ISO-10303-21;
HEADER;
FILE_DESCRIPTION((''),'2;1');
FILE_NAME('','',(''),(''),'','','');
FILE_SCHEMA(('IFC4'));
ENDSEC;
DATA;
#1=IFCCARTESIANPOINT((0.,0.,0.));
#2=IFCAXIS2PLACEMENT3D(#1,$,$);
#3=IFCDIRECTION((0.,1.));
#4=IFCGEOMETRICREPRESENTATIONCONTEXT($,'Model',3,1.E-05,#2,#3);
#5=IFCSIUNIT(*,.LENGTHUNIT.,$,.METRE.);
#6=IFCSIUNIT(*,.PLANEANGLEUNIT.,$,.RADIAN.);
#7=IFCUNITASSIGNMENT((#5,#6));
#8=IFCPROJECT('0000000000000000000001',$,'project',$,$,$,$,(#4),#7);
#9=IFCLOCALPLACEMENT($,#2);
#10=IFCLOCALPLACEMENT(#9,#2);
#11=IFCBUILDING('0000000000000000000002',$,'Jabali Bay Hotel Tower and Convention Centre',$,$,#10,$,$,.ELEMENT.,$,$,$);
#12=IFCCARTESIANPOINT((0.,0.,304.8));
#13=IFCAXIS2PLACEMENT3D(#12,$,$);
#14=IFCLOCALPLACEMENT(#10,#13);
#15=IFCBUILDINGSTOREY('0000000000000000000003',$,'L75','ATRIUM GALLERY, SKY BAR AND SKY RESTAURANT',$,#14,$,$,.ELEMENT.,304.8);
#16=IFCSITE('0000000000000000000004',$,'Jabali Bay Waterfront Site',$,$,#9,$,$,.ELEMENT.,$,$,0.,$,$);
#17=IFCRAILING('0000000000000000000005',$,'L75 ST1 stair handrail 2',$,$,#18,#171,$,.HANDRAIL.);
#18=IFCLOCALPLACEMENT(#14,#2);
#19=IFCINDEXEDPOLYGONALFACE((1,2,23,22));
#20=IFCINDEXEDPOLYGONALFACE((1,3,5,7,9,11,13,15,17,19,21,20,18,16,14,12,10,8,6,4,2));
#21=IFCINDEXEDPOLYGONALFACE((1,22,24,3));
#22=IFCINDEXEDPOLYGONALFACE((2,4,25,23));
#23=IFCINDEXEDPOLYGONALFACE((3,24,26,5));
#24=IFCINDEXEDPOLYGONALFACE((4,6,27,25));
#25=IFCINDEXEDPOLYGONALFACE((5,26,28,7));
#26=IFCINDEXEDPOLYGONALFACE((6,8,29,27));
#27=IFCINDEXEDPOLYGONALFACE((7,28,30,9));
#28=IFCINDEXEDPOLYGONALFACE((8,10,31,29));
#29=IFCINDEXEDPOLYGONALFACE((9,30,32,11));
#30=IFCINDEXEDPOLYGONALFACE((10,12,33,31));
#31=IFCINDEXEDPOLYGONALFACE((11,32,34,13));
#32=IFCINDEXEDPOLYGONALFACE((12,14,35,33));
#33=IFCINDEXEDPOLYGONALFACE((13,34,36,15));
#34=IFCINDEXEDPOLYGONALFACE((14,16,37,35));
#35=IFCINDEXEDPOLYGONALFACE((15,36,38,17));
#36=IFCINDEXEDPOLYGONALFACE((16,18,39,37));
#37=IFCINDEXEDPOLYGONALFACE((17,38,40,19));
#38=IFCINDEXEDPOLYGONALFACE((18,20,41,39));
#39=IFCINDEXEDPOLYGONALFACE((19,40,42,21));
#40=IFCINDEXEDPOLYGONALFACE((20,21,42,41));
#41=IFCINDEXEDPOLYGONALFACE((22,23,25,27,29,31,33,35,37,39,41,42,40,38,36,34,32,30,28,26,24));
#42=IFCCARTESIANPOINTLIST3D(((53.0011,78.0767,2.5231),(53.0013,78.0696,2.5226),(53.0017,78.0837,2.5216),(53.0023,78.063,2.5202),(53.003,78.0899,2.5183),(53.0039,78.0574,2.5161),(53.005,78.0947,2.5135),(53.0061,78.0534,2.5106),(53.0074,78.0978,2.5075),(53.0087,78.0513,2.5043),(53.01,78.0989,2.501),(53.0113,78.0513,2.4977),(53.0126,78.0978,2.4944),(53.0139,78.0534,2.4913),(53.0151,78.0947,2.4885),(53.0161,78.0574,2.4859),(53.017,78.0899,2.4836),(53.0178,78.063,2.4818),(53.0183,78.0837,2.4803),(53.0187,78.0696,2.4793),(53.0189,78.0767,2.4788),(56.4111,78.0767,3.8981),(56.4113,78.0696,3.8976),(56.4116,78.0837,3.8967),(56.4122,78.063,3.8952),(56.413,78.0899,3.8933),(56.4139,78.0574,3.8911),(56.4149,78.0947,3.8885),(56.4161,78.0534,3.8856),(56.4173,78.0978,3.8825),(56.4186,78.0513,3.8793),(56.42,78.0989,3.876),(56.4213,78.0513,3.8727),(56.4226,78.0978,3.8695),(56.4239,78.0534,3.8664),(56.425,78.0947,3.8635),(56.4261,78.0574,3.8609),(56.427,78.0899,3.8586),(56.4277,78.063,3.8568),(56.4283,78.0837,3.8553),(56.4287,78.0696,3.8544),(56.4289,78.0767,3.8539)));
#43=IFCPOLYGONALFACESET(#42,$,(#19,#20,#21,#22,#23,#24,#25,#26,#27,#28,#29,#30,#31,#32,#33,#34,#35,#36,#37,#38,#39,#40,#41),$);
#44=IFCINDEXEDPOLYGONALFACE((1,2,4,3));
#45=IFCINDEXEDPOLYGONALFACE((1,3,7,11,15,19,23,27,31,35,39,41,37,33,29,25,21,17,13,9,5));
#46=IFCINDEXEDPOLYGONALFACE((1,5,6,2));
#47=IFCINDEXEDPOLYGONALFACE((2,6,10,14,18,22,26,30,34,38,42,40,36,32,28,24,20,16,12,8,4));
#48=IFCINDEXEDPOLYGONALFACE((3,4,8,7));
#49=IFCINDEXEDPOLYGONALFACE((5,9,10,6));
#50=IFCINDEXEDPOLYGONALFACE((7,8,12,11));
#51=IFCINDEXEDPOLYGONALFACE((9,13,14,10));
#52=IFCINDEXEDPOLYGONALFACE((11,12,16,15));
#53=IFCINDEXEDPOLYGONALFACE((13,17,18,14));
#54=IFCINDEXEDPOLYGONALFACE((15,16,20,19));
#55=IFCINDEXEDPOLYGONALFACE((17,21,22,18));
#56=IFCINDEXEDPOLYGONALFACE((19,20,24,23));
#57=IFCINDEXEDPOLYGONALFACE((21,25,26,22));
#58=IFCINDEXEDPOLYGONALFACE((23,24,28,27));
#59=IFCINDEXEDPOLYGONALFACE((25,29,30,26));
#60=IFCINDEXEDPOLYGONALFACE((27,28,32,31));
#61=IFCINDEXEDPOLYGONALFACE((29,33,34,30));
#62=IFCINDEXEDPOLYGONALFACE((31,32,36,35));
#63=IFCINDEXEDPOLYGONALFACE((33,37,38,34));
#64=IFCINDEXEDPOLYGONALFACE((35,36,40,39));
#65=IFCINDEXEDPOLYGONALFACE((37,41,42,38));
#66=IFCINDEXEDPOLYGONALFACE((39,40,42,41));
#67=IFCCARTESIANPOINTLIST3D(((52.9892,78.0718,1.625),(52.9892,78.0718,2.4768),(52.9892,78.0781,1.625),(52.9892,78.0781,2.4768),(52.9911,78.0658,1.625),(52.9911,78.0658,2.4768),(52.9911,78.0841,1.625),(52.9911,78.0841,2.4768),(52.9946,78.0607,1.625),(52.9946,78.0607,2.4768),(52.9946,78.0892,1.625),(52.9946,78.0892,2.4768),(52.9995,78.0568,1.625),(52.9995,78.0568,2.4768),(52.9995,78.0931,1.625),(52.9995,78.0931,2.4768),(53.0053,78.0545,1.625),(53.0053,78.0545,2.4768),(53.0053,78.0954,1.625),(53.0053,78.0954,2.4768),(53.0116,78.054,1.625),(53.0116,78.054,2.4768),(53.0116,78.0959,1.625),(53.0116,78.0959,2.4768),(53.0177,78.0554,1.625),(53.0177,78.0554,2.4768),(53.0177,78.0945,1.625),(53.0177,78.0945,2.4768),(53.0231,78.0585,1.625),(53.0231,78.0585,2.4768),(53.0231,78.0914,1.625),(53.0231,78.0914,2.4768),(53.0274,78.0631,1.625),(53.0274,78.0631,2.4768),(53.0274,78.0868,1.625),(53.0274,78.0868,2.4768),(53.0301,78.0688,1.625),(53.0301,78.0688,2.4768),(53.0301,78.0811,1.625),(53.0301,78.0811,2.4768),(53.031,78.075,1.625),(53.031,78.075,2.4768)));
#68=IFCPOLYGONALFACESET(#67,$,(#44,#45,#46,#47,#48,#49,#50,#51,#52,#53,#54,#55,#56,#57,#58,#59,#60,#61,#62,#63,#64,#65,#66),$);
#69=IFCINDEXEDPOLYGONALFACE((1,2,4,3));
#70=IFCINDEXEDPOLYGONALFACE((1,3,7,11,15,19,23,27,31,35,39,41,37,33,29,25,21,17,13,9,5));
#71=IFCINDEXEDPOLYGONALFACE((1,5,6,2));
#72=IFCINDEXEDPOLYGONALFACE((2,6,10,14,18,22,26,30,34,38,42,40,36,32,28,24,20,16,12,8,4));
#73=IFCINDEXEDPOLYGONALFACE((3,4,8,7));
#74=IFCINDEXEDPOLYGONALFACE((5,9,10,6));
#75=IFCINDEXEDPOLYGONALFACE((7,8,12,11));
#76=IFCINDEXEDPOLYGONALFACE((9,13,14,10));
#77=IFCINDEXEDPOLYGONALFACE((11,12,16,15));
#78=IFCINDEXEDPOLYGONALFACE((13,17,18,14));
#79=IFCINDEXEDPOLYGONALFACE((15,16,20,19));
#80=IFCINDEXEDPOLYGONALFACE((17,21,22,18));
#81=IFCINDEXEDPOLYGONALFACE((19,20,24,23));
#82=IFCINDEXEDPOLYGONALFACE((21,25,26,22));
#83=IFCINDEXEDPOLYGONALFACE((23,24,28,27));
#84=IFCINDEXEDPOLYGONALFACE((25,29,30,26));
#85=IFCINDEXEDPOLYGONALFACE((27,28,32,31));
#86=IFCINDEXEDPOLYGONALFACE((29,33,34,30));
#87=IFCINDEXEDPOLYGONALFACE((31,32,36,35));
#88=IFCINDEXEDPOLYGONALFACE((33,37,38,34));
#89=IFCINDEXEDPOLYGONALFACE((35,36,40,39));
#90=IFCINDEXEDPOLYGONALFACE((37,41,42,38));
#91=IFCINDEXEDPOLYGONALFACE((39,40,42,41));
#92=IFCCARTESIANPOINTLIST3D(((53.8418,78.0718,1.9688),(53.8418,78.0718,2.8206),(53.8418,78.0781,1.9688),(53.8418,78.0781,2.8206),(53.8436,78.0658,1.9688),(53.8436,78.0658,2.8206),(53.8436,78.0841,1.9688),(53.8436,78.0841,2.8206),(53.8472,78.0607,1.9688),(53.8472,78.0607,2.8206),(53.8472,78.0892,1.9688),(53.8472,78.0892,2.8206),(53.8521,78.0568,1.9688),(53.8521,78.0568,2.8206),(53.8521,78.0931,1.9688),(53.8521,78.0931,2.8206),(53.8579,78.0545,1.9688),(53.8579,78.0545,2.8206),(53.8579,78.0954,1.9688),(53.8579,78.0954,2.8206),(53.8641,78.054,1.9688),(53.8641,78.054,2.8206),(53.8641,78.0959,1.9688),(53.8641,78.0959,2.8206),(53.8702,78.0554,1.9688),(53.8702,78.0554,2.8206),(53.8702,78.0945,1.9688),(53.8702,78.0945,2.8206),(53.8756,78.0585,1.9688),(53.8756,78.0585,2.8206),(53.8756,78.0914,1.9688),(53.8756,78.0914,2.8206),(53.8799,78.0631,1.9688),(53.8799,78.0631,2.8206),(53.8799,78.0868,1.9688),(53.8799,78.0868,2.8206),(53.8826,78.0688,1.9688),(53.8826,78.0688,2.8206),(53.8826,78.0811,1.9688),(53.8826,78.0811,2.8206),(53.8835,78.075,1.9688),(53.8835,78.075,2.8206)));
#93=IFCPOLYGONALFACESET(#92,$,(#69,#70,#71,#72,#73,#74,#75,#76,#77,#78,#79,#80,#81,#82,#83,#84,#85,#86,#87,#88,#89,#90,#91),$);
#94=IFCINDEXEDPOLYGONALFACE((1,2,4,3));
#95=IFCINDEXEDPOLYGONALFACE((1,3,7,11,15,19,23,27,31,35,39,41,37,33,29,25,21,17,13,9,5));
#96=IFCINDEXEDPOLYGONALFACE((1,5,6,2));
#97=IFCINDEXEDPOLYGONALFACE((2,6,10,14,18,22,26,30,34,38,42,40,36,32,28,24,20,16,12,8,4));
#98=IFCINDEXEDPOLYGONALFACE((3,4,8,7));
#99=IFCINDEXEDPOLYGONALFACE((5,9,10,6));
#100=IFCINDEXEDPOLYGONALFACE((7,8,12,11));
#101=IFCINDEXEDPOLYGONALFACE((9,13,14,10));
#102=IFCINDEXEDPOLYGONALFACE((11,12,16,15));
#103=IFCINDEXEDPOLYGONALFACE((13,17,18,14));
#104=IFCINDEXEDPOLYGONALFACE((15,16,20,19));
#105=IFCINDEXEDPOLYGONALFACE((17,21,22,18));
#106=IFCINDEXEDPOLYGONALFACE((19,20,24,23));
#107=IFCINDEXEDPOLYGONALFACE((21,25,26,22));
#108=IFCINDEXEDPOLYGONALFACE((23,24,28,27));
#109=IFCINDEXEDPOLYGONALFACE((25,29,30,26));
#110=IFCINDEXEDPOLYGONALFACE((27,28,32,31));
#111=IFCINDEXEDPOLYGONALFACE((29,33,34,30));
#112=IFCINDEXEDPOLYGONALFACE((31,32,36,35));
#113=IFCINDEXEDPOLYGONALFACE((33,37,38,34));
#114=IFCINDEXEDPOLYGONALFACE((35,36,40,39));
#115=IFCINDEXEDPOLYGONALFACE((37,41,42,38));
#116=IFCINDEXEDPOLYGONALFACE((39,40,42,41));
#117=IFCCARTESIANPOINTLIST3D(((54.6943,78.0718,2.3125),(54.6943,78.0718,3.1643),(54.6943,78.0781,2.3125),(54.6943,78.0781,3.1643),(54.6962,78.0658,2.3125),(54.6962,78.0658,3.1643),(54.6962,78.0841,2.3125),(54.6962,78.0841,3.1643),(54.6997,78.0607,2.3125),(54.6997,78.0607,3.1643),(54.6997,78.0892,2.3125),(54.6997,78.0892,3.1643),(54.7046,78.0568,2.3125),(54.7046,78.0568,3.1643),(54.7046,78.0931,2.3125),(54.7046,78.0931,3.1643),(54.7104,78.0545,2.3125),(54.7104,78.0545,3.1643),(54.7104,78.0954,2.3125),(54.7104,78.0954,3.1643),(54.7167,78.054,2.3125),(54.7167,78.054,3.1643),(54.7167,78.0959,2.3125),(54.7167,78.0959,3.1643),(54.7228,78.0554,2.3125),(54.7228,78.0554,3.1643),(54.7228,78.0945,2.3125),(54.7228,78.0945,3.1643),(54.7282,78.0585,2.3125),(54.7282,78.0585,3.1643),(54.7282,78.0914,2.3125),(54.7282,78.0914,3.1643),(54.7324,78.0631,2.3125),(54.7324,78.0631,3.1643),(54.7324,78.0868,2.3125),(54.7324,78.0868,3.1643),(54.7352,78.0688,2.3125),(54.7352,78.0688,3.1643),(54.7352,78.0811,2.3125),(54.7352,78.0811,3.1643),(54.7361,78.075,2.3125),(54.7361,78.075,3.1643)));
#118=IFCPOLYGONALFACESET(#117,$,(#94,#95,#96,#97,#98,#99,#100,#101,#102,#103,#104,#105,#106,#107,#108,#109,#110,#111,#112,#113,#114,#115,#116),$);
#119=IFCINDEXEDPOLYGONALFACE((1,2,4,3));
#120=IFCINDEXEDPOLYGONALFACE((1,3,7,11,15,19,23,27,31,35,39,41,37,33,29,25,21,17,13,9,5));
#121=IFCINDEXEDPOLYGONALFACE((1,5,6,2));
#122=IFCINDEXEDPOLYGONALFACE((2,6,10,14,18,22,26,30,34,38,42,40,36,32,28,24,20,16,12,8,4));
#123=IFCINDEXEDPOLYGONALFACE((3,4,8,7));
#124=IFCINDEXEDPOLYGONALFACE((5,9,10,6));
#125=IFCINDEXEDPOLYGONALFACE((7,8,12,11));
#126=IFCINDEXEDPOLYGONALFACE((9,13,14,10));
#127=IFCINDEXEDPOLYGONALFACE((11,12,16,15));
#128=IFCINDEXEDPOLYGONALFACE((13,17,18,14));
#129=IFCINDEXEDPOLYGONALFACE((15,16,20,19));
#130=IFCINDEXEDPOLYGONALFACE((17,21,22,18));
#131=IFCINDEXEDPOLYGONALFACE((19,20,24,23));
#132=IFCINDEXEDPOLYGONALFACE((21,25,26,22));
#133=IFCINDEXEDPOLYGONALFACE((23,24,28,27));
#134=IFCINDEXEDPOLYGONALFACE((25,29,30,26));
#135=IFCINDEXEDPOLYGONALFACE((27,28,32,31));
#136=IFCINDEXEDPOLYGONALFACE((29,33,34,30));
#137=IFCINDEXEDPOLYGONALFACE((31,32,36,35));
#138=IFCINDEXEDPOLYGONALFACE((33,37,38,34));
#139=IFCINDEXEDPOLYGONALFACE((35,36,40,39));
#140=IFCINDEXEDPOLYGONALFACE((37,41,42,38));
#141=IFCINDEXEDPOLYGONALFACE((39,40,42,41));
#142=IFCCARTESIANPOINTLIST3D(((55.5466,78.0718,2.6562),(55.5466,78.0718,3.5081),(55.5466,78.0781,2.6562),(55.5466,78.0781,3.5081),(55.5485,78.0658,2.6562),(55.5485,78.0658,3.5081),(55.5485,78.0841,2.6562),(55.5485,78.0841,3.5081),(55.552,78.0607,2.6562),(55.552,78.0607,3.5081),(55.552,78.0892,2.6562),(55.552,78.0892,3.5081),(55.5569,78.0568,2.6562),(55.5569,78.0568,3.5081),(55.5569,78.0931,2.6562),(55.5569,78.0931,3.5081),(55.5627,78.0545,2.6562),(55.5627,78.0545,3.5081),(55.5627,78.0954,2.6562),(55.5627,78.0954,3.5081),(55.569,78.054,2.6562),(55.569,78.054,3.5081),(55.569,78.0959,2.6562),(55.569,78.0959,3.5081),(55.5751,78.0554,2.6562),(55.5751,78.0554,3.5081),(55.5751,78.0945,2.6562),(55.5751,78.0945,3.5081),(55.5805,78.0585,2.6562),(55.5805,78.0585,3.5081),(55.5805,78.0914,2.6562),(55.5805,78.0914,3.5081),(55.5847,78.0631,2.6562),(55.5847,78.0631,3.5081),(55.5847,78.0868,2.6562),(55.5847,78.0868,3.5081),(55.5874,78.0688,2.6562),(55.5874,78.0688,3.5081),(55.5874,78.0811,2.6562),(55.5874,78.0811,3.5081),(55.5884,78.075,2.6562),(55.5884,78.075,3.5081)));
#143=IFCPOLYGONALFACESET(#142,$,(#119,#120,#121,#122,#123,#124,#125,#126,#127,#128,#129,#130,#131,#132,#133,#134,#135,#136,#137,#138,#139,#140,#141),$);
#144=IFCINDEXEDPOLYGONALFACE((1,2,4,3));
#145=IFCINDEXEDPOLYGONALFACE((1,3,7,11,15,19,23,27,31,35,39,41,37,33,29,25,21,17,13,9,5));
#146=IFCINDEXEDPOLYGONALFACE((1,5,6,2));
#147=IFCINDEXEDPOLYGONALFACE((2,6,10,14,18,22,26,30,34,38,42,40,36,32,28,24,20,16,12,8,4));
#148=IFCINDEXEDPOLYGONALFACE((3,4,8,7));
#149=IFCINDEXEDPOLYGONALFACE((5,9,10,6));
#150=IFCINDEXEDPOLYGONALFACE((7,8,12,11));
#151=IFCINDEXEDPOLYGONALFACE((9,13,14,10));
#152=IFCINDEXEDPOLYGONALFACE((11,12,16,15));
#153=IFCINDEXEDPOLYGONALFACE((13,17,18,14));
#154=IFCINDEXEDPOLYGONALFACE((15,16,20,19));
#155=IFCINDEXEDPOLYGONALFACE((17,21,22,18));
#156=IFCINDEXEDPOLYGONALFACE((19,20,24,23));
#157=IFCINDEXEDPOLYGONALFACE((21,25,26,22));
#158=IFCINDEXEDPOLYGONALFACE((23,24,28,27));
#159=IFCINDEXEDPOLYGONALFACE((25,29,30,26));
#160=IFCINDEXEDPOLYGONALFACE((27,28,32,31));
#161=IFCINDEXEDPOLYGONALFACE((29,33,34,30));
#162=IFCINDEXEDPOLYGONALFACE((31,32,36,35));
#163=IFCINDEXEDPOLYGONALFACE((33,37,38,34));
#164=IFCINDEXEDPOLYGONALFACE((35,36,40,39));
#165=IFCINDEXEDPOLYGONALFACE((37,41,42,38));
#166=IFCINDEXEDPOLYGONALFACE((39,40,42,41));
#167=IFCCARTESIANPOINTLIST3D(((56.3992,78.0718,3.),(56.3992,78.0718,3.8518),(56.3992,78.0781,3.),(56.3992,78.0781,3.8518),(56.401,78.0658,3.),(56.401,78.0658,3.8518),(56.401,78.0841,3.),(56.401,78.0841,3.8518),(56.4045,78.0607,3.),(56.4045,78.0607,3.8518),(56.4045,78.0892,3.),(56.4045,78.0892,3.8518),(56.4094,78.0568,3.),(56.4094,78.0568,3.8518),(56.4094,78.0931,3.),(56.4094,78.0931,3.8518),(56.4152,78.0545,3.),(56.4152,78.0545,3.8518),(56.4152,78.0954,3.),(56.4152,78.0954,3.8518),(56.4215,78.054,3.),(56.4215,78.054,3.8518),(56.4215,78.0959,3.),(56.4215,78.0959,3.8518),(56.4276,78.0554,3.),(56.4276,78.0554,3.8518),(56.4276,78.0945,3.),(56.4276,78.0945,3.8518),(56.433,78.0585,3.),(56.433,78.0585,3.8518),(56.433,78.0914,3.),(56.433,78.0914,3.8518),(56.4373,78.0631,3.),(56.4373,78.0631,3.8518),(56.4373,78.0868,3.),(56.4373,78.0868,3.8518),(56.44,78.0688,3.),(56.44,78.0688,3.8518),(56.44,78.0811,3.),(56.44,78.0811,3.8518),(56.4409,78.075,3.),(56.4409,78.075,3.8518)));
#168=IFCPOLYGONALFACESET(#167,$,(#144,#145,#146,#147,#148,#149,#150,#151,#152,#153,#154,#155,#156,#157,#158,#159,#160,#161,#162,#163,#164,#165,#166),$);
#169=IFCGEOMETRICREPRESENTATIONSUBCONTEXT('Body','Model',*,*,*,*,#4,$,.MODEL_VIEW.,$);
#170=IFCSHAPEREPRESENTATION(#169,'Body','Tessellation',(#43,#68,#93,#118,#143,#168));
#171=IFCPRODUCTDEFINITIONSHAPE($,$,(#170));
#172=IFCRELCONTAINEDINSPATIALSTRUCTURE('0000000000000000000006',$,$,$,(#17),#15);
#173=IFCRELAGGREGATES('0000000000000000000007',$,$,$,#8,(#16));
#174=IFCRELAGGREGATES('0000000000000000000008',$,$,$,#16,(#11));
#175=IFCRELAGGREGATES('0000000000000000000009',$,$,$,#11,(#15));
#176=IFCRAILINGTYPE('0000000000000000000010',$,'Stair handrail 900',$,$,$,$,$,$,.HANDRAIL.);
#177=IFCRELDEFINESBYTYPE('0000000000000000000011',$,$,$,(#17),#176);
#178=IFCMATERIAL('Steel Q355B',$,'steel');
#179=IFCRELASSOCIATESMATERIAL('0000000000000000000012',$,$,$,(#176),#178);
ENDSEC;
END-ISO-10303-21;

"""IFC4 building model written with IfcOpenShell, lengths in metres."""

from ifc_helpers import new_model, si_unit, direction, frame, origin, origin_2d, place, context, subcontext, project, spatial, circle, extrude, material, type_object, element, save


model = new_model("IFC4")

# Units and contexts
model_context = context("Model", 3, precision=1e-05, world=origin(), true_north=direction((0.0, 1.0)))
body_context = subcontext(model_context, "Body", "Model", "MODEL_VIEW")
ifc_project = project(units=[si_unit("LENGTHUNIT", "METRE"), si_unit("PLANEANGLEUNIT", "RADIAN")], contexts=[model_context])

# Site, building, storey
site_placement = place(None, origin())
site = spatial("IfcSite", under=ifc_project, at=site_placement, Name="Jabali Bay Waterfront Site", CompositionType="ELEMENT", RefElevation=0.0)
building_placement = place(site_placement, origin())
building = spatial("IfcBuilding", under=site, at=building_placement, Name="Jabali Bay Hotel Tower and Convention Centre", CompositionType="ELEMENT")
storey_placement = place(building_placement, frame((0.0, 0.0, 304.8)))
storey = spatial("IfcBuildingStorey", under=building, at=storey_placement, Name="L75", Description="ATRIUM GALLERY, SKY BAR AND SKY RESTAURANT", CompositionType="ELEMENT", Elevation=304.8)

# Railing
ifc_material_1 = material(Name="Steel Q355B", Category="steel")
railing_type = type_object("IfcRailingType", Name="Stair handrail 900", PredefinedType="HANDRAIL", material=ifc_material_1)
for number, where, name in (
    (1, (53.01, 78.075, 1.625), "L75 ST1 stair handrail 2"),
):
    element("IfcRailing", number, at=place(storey_placement, frame(where)), inside=storey, type_object=railing_type, Name=name, PredefinedType="HANDRAIL", context=body_context, shape_type="SweptSolid", body=[
        extrude(circle(Radius=0.0239, at=origin_2d()), frame((0.0, 0.0, 0.876), z_axis=(0.927438, 0.0, 0.373977), x_axis=(0.0, 1.0, 0.0)), (0.0, 0.0, 1.0), 3.6768),
        extrude(circle(Radius=0.021, at=origin_2d()), origin(), (0.0, 0.0, 1.0), 0.8518),
        extrude(circle(Radius=0.021, at=origin_2d()), frame((0.8525, 0.0, 0.3438)), (0.0, 0.0, 1.0), 0.8518),
        extrude(circle(Radius=0.021, at=origin_2d()), frame((1.7051, 0.0, 0.6875)), (0.0, 0.0, 1.0), 0.8518),
        extrude(circle(Radius=0.021, at=origin_2d()), frame((2.5574, 0.0, 1.0312)), (0.0, 0.0, 1.0), 0.8518),
        extrude(circle(Radius=0.021, at=origin_2d()), frame((3.4099, 0.0, 1.375)), (0.0, 0.0, 1.0), 0.8518),
    ])

save(model, "model.ifc")
